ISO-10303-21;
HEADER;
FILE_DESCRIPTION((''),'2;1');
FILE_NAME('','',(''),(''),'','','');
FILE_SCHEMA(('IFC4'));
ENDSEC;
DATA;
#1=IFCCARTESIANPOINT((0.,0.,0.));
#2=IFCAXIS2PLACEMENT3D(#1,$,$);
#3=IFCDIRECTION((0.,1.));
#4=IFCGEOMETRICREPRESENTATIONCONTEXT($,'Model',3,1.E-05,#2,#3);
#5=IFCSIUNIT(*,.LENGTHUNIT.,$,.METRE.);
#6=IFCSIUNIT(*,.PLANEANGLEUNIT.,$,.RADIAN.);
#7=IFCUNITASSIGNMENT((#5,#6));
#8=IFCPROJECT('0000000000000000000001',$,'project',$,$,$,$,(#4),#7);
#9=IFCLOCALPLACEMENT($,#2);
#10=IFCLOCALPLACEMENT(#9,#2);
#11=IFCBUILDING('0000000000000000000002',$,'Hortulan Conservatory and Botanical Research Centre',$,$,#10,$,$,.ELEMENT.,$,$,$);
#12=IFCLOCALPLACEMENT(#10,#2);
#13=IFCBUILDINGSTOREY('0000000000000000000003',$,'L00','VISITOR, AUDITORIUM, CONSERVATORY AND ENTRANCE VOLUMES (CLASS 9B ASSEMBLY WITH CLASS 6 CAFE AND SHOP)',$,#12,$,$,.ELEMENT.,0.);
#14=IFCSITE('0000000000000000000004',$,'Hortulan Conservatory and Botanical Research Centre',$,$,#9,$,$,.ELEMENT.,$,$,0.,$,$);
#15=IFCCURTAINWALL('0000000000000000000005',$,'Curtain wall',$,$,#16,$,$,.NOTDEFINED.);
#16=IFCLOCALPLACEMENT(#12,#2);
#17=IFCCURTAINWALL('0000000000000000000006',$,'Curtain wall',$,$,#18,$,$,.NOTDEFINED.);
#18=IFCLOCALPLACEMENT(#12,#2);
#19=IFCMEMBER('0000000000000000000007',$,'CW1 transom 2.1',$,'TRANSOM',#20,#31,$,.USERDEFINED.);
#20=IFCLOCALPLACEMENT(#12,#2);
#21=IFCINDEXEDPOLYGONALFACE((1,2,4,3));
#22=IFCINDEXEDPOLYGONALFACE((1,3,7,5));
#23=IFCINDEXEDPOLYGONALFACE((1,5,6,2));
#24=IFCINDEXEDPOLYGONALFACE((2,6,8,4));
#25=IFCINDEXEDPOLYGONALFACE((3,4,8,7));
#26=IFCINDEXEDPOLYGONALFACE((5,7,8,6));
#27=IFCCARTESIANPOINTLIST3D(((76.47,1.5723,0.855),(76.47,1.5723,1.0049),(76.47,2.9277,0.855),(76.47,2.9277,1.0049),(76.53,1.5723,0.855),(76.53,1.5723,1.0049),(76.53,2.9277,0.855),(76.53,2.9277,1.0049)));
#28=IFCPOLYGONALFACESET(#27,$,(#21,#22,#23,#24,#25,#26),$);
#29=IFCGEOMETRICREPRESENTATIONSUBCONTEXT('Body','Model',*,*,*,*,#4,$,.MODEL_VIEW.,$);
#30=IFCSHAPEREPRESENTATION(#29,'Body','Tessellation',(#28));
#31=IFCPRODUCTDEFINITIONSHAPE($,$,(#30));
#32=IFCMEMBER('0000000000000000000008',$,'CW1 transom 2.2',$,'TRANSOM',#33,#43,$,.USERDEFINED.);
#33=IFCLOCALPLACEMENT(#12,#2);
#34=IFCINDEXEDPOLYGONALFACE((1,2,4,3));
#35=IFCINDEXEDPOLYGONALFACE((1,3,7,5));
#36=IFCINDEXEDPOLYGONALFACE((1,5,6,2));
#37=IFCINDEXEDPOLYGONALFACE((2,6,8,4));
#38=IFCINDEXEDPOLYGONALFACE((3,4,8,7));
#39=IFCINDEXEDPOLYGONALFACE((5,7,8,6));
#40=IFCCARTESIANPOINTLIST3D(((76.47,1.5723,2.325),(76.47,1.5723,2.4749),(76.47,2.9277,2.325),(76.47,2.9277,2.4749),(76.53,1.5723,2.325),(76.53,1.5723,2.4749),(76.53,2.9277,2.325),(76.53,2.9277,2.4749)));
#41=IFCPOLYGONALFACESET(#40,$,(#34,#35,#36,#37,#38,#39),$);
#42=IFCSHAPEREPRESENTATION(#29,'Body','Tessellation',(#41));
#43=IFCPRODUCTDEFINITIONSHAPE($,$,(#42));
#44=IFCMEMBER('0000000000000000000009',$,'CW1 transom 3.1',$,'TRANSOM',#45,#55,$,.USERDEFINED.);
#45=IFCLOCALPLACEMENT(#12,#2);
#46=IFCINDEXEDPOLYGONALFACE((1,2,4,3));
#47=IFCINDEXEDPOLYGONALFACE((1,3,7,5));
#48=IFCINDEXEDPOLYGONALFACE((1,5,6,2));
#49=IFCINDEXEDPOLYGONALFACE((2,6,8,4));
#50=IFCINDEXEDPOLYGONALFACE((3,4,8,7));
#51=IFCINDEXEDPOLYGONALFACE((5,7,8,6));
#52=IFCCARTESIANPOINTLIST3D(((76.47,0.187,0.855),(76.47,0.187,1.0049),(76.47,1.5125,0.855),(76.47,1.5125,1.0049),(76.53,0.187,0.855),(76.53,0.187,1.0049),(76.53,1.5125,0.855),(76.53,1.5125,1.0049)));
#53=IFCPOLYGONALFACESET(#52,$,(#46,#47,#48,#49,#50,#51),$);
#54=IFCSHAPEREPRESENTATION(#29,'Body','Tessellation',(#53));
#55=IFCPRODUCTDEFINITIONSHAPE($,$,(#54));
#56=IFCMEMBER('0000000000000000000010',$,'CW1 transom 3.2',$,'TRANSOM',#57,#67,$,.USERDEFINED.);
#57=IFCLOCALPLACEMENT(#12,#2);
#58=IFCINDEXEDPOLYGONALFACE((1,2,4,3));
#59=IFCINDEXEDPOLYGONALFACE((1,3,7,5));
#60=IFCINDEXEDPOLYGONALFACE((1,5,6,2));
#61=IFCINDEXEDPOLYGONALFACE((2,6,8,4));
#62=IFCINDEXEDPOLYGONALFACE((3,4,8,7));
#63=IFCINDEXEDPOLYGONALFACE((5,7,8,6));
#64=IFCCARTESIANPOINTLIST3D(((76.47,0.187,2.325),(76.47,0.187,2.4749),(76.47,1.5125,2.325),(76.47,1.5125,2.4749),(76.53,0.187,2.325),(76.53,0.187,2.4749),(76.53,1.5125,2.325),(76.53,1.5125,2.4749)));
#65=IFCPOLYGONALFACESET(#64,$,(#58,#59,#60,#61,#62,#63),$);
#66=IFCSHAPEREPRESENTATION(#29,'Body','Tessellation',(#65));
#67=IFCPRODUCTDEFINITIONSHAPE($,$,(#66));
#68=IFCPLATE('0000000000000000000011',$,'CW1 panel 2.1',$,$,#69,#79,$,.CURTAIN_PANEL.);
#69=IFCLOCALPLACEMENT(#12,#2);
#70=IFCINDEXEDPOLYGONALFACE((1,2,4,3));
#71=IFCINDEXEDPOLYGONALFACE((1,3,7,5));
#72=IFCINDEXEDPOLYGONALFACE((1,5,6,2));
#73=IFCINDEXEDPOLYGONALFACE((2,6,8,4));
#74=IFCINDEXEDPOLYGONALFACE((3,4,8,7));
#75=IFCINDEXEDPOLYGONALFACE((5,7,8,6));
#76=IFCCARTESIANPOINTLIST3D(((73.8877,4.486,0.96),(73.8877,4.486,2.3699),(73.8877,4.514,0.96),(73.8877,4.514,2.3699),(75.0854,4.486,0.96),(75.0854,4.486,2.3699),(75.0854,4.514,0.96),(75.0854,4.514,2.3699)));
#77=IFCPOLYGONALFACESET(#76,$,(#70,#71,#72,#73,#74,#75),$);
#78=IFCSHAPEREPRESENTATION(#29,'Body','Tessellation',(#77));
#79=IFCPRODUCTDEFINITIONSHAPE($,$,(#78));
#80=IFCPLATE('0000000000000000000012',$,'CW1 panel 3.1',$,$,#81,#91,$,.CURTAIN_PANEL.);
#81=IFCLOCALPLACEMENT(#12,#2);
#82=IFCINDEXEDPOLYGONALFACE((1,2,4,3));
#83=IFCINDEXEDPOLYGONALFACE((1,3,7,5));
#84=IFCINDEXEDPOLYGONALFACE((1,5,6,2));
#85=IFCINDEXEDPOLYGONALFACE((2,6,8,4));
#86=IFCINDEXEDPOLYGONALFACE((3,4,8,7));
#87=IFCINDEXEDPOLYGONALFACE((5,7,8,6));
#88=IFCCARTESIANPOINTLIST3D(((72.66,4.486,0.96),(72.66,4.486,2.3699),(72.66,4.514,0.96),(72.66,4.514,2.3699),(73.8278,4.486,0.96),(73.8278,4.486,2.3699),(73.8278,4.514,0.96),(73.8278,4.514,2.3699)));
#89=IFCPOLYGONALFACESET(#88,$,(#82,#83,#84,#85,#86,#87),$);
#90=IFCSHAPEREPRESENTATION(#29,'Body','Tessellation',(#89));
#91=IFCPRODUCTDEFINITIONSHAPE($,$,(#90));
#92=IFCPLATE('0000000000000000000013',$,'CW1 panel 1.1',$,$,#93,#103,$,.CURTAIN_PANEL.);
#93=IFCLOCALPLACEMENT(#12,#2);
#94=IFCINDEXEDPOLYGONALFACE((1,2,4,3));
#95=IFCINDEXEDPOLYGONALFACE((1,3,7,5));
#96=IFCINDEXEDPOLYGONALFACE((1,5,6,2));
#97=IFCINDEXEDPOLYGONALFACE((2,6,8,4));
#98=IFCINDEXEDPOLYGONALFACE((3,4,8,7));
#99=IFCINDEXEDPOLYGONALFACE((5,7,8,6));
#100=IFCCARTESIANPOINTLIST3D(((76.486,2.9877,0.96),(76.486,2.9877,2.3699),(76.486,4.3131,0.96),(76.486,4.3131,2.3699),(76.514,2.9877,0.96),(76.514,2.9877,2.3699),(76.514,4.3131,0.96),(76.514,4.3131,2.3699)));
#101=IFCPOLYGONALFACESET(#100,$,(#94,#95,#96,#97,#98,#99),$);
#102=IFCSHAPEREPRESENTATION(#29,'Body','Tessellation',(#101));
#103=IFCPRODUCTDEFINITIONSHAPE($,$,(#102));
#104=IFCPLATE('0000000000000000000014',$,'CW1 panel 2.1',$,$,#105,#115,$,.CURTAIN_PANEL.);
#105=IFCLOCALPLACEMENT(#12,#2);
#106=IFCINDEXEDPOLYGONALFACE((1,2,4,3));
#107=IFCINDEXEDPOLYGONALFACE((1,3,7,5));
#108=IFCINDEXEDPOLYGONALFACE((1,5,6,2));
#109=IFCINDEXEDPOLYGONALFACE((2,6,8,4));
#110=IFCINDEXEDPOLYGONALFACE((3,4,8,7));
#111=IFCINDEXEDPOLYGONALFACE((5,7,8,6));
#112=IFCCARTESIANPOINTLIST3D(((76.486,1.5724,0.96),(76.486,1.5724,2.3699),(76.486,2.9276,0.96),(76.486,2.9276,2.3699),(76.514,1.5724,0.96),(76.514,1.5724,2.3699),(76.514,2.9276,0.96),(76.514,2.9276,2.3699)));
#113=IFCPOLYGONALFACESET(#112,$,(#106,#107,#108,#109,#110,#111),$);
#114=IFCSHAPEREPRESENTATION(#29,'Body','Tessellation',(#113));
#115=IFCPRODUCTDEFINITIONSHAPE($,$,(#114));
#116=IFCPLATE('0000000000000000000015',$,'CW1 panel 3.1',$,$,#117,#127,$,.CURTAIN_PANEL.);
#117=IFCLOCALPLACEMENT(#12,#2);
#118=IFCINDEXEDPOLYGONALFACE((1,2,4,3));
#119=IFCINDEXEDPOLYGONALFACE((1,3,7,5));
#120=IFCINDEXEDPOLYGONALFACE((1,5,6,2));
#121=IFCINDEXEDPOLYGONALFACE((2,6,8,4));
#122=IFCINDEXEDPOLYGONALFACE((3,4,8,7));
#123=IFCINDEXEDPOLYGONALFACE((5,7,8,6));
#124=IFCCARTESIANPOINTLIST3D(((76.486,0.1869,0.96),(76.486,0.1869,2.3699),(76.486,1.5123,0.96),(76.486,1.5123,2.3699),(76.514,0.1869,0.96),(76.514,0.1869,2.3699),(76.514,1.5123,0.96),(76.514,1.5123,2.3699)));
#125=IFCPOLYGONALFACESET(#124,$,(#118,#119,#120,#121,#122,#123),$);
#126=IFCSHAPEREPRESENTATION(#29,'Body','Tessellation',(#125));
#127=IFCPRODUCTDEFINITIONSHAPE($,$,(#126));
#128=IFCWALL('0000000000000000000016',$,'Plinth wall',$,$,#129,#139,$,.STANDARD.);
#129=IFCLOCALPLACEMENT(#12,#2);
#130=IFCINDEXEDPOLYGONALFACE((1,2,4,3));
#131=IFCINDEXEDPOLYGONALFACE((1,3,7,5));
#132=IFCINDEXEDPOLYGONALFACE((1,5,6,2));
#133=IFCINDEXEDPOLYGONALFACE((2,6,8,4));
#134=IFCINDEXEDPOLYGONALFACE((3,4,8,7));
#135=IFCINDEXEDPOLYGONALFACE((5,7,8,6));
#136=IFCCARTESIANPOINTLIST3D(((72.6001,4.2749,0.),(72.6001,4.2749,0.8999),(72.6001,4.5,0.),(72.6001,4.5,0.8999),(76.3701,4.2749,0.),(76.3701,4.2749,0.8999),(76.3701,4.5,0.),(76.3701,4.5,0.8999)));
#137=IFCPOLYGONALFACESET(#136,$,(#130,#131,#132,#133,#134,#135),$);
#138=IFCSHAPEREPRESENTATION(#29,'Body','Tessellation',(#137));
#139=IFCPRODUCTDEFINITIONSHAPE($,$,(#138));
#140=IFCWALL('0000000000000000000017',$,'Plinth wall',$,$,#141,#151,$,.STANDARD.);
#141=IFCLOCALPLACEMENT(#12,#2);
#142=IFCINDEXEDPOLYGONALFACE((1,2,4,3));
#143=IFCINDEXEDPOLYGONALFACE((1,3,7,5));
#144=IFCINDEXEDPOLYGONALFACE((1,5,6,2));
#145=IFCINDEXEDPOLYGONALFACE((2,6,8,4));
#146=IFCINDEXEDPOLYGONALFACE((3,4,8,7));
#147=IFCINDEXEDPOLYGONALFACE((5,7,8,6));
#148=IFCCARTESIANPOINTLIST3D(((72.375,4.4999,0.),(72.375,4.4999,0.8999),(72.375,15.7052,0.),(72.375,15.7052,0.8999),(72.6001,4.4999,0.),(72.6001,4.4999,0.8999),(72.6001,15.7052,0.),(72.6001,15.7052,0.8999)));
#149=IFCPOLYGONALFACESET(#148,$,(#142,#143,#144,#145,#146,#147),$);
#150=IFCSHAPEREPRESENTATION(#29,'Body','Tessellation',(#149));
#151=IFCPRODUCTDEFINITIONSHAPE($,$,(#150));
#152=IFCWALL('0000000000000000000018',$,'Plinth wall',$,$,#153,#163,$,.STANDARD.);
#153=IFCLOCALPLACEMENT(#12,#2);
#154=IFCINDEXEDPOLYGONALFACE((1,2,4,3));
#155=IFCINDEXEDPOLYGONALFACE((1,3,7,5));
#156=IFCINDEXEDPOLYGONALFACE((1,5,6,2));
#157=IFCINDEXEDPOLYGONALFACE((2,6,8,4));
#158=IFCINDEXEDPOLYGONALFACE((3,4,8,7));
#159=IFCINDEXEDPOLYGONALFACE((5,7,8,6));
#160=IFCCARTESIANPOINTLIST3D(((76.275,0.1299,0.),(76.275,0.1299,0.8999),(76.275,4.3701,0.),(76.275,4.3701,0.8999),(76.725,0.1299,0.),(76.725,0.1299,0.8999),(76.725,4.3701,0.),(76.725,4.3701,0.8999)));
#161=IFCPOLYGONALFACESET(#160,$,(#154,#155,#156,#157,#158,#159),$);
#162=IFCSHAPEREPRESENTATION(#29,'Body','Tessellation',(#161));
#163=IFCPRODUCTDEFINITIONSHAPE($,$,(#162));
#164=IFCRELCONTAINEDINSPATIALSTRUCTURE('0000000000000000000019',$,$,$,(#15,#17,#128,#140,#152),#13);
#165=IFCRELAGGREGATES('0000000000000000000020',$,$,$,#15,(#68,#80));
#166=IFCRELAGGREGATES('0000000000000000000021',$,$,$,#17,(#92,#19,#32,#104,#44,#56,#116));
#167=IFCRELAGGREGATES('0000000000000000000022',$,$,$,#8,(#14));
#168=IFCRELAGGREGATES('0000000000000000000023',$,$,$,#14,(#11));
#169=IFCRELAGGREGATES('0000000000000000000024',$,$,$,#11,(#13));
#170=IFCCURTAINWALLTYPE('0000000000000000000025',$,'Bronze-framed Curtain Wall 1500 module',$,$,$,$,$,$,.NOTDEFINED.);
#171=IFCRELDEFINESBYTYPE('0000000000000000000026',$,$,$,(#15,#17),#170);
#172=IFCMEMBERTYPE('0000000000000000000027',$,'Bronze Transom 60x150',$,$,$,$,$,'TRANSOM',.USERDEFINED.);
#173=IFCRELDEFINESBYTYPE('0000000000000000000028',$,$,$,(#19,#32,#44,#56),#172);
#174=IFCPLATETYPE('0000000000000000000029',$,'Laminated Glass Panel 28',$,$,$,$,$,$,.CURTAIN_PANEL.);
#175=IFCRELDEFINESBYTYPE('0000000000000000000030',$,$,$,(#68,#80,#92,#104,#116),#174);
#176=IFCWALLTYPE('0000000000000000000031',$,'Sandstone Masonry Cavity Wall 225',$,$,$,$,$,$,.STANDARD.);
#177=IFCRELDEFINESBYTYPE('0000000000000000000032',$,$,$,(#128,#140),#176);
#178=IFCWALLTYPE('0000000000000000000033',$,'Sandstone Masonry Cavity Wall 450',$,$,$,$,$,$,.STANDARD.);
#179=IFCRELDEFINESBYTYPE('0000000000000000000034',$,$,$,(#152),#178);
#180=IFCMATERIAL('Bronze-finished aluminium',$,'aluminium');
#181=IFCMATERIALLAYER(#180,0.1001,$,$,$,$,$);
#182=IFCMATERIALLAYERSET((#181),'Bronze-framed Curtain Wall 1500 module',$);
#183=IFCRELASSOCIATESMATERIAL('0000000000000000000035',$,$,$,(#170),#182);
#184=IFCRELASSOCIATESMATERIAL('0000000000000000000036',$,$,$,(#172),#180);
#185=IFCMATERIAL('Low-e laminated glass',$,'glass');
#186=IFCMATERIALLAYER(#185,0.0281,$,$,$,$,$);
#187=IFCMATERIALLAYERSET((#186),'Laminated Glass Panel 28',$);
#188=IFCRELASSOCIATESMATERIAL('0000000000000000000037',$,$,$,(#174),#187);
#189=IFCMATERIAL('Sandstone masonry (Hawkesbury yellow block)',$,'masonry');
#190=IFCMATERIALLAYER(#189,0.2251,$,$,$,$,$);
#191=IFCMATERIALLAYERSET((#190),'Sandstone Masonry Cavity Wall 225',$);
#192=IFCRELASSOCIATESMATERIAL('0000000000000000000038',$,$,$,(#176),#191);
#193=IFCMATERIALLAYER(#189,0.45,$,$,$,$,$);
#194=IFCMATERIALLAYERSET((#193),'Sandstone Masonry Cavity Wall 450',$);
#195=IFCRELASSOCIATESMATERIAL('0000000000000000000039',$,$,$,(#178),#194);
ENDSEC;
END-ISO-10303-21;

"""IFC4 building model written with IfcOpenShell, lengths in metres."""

from ifc_helpers import new_model, si_unit, direction, frame, frame_2d, origin, origin_2d, place, context, subcontext, project, spatial, rectangle, extrude, material, layer, layer_set, material_profile, profile_set, type_object, element, aggregate, save


model = new_model("IFC4")

# Units and contexts
model_context = context("Model", 3, precision=1e-05, world=origin(), true_north=direction((0.0, 1.0)))
body_context = subcontext(model_context, "Body", "Model", "MODEL_VIEW")
ifc_project = project(units=[si_unit("LENGTHUNIT", "METRE"), si_unit("PLANEANGLEUNIT", "RADIAN")], contexts=[model_context])

# Site, building, storey
site_placement = place(None, origin())
site = spatial("IfcSite", under=ifc_project, at=site_placement, Name="Hortulan Conservatory and Botanical Research Centre", CompositionType="ELEMENT", RefElevation=0.0)
building_placement = place(site_placement, origin())
building = spatial("IfcBuilding", under=site, at=building_placement, Name="Hortulan Conservatory and Botanical Research Centre", CompositionType="ELEMENT")
storey_placement = place(building_placement, origin())
storey = spatial("IfcBuildingStorey", under=building, at=storey_placement, Name="L00", Description="VISITOR, AUDITORIUM, CONSERVATORY AND ENTRANCE VOLUMES (CLASS 9B ASSEMBLY WITH CLASS 6 CAFE AND SHOP)", CompositionType="ELEMENT", Elevation=0.0)

# Curtain walls
ifc_material_1 = material(Name="Bronze-finished aluminium", Category="aluminium")
ifc_layer_1 = layer(ifc_material_1, 0.1001)
ifc_layer_set_1 = layer_set([ifc_layer_1], Name="Bronze-framed Curtain Wall 1500 module")
curtain_wall_type = type_object("IfcCurtainWallType", Name="Bronze-framed Curtain Wall 1500 module", PredefinedType="NOTDEFINED", material=ifc_layer_set_1)
curtain_wall_1_placement = place(storey_placement, origin())
curtain_wall_1 = element("IfcCurtainWall", 1, at=curtain_wall_1_placement, inside=storey, type_object=curtain_wall_type, Name="Curtain wall", PredefinedType="NOTDEFINED")
curtain_wall_2_placement = place(storey_placement, origin())
curtain_wall_2 = element("IfcCurtainWall", 2, at=curtain_wall_2_placement, inside=storey, type_object=curtain_wall_type, Name="Curtain wall", PredefinedType="NOTDEFINED")

# Members
ifc_material_profile_1 = material_profile(ifc_material_1, rectangle(XDim=0.0601, YDim=0.1499, at=origin_2d()), Name="Bronze Transom 60x150")
ifc_profile_set_1 = profile_set([ifc_material_profile_1], Name="Bronze-finished aluminium")
member_type_1 = type_object("IfcMemberType", Name="Bronze Transom 60x150", ElementType="TRANSOM", PredefinedType="USERDEFINED", material=ifc_profile_set_1)
member_1_placement = place(storey_placement, frame((76.5, 2.9277, 0.9299), z_axis=(0.0, -1.0, 0.0), x_axis=(1.0, 0.0, 0.0)))
member_1 = element("IfcMember", 3, at=member_1_placement, type_object=member_type_1, Name="CW1 transom 2.1", ObjectType="TRANSOM", PredefinedType="USERDEFINED", context=body_context, shape_type="SweptSolid", body=[
    extrude(rectangle(XDim=0.0601, YDim=0.1499, at=origin_2d()), origin(), (0.0, 0.0, 1.0), 1.3555),
])
member_2_placement = place(storey_placement, frame((76.5, 2.9277, 2.3999), z_axis=(0.0, -1.0, 0.0), x_axis=(1.0, 0.0, 0.0)))
member_2 = element("IfcMember", 4, at=member_2_placement, type_object=member_type_1, Name="CW1 transom 2.2", ObjectType="TRANSOM", PredefinedType="USERDEFINED", context=body_context, shape_type="SweptSolid", body=[
    extrude(rectangle(XDim=0.0601, YDim=0.1499, at=origin_2d()), origin(), (0.0, 0.0, 1.0), 1.3555),
])
member_3_placement = place(storey_placement, frame((76.5, 1.5125, 0.9299), z_axis=(0.0, -1.0, 0.0), x_axis=(1.0, 0.0, 0.0)))
member_3 = element("IfcMember", 5, at=member_3_placement, type_object=member_type_1, Name="CW1 transom 3.1", ObjectType="TRANSOM", PredefinedType="USERDEFINED", context=body_context, shape_type="SweptSolid", body=[
    extrude(rectangle(XDim=0.0601, YDim=0.1499, at=origin_2d()), origin(), (0.0, 0.0, 1.0), 1.3254),
])
member_4_placement = place(storey_placement, frame((76.5, 1.5125, 2.3999), z_axis=(0.0, -1.0, 0.0), x_axis=(1.0, 0.0, 0.0)))
member_4 = element("IfcMember", 6, at=member_4_placement, type_object=member_type_1, Name="CW1 transom 3.2", ObjectType="TRANSOM", PredefinedType="USERDEFINED", context=body_context, shape_type="SweptSolid", body=[
    extrude(rectangle(XDim=0.0601, YDim=0.1499, at=origin_2d()), origin(), (0.0, 0.0, 1.0), 1.3254),
])

# Plates
ifc_material_2 = material(Name="Low-e laminated glass", Category="glass")
ifc_layer_2 = layer(ifc_material_2, 0.0281)
ifc_layer_set_2 = layer_set([ifc_layer_2], Name="Laminated Glass Panel 28")
plate_type = type_object("IfcPlateType", Name="Laminated Glass Panel 28", PredefinedType="CURTAIN_PANEL", material=ifc_layer_set_2)
plate_1_placement = place(storey_placement, frame((74.4866, 4.5, 0.96), z_axis=(0.0, 0.0, 1.0), x_axis=(-1.0, 0.0, 0.0)))
plate_1 = element("IfcPlate", 7, at=plate_1_placement, type_object=plate_type, Name="CW1 panel 2.1", PredefinedType="CURTAIN_PANEL", context=body_context, shape_type="SweptSolid", body=[
    extrude(rectangle(XDim=1.1978, YDim=0.0281, at=origin_2d()), origin(), (0.0, 0.0, 1.0), 1.4099),
])
plate_2_placement = place(storey_placement, frame((73.2439, 4.5, 0.96), z_axis=(0.0, 0.0, 1.0), x_axis=(-1.0, 0.0, 0.0)))
plate_2 = element("IfcPlate", 8, at=plate_2_placement, type_object=plate_type, Name="CW1 panel 3.1", PredefinedType="CURTAIN_PANEL", context=body_context, shape_type="SweptSolid", body=[
    extrude(rectangle(XDim=1.1677, YDim=0.0281, at=origin_2d()), origin(), (0.0, 0.0, 1.0), 1.4099),
])
aggregate(curtain_wall_1, [plate_1, plate_2])
plate_3_placement = place(storey_placement, frame((76.5, 3.6504, 0.96), z_axis=(0.0, 0.0, 1.0), x_axis=(0.0, -1.0, 0.0)))
plate_3 = element("IfcPlate", 9, at=plate_3_placement, type_object=plate_type, Name="CW1 panel 1.1", PredefinedType="CURTAIN_PANEL", context=body_context, shape_type="SweptSolid", body=[
    extrude(rectangle(XDim=1.3254, YDim=0.0281, at=origin_2d()), origin(), (0.0, 0.0, 1.0), 1.4099),
])
plate_4_placement = place(storey_placement, frame((76.5, 2.25, 0.96), z_axis=(0.0, 0.0, 1.0), x_axis=(0.0, -1.0, 0.0)))
plate_4 = element("IfcPlate", 10, at=plate_4_placement, type_object=plate_type, Name="CW1 panel 2.1", PredefinedType="CURTAIN_PANEL", context=body_context, shape_type="SweptSolid", body=[
    extrude(rectangle(XDim=1.3552, YDim=0.0281, at=origin_2d()), origin(), (0.0, 0.0, 1.0), 1.4099),
])
plate_5_placement = place(storey_placement, frame((76.5, 0.8496, 0.96), z_axis=(0.0, 0.0, 1.0), x_axis=(0.0, -1.0, 0.0)))
plate_5 = element("IfcPlate", 11, at=plate_5_placement, type_object=plate_type, Name="CW1 panel 3.1", PredefinedType="CURTAIN_PANEL", context=body_context, shape_type="SweptSolid", body=[
    extrude(rectangle(XDim=1.3254, YDim=0.0281, at=origin_2d()), origin(), (0.0, 0.0, 1.0), 1.4099),
])
aggregate(curtain_wall_2, [plate_3, member_1, member_2, plate_4, member_3, member_4, plate_5])

# Walls
ifc_material_3 = material(Name="Sandstone masonry (Hawkesbury yellow block)", Category="masonry")
ifc_layer_3 = layer(ifc_material_3, 0.2251)
ifc_layer_set_3 = layer_set([ifc_layer_3], Name="Sandstone Masonry Cavity Wall 225")
wall_type_1 = type_object("IfcWallType", Name="Sandstone Masonry Cavity Wall 225", PredefinedType="STANDARD", material=ifc_layer_set_3)
wall_1_placement = place(storey_placement, frame((76.3701, 4.3875, 0.0), z_axis=(0.0, 0.0, 1.0), x_axis=(-1.0, 0.0, 0.0)))
element("IfcWall", 12, at=wall_1_placement, inside=storey, type_object=wall_type_1, Name="Plinth wall", PredefinedType="STANDARD", context=body_context, shape_type="SweptSolid", body=[
    extrude(rectangle(XDim=3.77, YDim=0.2251, at=frame_2d((1.885, 0.0))), origin(), (0.0, 0.0, 1.0), 0.8999),
])
wall_2_placement = place(storey_placement, frame((72.4875, 4.5, 0.0), z_axis=(0.0, 0.0, 1.0), x_axis=(0.0, 1.0, 0.0)))
element("IfcWall", 13, at=wall_2_placement, inside=storey, type_object=wall_type_1, Name="Plinth wall", PredefinedType="STANDARD", context=body_context, shape_type="SweptSolid", body=[
    extrude(rectangle(XDim=11.2053, YDim=0.2251, at=frame_2d((5.6025, 0.0))), origin(), (0.0, 0.0, 1.0), 0.8999),
])
ifc_layer_4 = layer(ifc_material_3, 0.45)
ifc_layer_set_4 = layer_set([ifc_layer_4], Name="Sandstone Masonry Cavity Wall 450")
wall_type_2 = type_object("IfcWallType", Name="Sandstone Masonry Cavity Wall 450", PredefinedType="STANDARD", material=ifc_layer_set_4)
wall_3_placement = place(storey_placement, frame((76.5, 4.3701, 0.0), z_axis=(0.0, 0.0, 1.0), x_axis=(0.0, -1.0, 0.0)))
element("IfcWall", 14, at=wall_3_placement, inside=storey, type_object=wall_type_2, Name="Plinth wall", PredefinedType="STANDARD", context=body_context, shape_type="SweptSolid", body=[
    extrude(rectangle(XDim=4.2402, YDim=0.45, at=frame_2d((2.1201, 0.0))), origin(), (0.0, 0.0, 1.0), 0.8999),
])

save(model, "model.ifc")
